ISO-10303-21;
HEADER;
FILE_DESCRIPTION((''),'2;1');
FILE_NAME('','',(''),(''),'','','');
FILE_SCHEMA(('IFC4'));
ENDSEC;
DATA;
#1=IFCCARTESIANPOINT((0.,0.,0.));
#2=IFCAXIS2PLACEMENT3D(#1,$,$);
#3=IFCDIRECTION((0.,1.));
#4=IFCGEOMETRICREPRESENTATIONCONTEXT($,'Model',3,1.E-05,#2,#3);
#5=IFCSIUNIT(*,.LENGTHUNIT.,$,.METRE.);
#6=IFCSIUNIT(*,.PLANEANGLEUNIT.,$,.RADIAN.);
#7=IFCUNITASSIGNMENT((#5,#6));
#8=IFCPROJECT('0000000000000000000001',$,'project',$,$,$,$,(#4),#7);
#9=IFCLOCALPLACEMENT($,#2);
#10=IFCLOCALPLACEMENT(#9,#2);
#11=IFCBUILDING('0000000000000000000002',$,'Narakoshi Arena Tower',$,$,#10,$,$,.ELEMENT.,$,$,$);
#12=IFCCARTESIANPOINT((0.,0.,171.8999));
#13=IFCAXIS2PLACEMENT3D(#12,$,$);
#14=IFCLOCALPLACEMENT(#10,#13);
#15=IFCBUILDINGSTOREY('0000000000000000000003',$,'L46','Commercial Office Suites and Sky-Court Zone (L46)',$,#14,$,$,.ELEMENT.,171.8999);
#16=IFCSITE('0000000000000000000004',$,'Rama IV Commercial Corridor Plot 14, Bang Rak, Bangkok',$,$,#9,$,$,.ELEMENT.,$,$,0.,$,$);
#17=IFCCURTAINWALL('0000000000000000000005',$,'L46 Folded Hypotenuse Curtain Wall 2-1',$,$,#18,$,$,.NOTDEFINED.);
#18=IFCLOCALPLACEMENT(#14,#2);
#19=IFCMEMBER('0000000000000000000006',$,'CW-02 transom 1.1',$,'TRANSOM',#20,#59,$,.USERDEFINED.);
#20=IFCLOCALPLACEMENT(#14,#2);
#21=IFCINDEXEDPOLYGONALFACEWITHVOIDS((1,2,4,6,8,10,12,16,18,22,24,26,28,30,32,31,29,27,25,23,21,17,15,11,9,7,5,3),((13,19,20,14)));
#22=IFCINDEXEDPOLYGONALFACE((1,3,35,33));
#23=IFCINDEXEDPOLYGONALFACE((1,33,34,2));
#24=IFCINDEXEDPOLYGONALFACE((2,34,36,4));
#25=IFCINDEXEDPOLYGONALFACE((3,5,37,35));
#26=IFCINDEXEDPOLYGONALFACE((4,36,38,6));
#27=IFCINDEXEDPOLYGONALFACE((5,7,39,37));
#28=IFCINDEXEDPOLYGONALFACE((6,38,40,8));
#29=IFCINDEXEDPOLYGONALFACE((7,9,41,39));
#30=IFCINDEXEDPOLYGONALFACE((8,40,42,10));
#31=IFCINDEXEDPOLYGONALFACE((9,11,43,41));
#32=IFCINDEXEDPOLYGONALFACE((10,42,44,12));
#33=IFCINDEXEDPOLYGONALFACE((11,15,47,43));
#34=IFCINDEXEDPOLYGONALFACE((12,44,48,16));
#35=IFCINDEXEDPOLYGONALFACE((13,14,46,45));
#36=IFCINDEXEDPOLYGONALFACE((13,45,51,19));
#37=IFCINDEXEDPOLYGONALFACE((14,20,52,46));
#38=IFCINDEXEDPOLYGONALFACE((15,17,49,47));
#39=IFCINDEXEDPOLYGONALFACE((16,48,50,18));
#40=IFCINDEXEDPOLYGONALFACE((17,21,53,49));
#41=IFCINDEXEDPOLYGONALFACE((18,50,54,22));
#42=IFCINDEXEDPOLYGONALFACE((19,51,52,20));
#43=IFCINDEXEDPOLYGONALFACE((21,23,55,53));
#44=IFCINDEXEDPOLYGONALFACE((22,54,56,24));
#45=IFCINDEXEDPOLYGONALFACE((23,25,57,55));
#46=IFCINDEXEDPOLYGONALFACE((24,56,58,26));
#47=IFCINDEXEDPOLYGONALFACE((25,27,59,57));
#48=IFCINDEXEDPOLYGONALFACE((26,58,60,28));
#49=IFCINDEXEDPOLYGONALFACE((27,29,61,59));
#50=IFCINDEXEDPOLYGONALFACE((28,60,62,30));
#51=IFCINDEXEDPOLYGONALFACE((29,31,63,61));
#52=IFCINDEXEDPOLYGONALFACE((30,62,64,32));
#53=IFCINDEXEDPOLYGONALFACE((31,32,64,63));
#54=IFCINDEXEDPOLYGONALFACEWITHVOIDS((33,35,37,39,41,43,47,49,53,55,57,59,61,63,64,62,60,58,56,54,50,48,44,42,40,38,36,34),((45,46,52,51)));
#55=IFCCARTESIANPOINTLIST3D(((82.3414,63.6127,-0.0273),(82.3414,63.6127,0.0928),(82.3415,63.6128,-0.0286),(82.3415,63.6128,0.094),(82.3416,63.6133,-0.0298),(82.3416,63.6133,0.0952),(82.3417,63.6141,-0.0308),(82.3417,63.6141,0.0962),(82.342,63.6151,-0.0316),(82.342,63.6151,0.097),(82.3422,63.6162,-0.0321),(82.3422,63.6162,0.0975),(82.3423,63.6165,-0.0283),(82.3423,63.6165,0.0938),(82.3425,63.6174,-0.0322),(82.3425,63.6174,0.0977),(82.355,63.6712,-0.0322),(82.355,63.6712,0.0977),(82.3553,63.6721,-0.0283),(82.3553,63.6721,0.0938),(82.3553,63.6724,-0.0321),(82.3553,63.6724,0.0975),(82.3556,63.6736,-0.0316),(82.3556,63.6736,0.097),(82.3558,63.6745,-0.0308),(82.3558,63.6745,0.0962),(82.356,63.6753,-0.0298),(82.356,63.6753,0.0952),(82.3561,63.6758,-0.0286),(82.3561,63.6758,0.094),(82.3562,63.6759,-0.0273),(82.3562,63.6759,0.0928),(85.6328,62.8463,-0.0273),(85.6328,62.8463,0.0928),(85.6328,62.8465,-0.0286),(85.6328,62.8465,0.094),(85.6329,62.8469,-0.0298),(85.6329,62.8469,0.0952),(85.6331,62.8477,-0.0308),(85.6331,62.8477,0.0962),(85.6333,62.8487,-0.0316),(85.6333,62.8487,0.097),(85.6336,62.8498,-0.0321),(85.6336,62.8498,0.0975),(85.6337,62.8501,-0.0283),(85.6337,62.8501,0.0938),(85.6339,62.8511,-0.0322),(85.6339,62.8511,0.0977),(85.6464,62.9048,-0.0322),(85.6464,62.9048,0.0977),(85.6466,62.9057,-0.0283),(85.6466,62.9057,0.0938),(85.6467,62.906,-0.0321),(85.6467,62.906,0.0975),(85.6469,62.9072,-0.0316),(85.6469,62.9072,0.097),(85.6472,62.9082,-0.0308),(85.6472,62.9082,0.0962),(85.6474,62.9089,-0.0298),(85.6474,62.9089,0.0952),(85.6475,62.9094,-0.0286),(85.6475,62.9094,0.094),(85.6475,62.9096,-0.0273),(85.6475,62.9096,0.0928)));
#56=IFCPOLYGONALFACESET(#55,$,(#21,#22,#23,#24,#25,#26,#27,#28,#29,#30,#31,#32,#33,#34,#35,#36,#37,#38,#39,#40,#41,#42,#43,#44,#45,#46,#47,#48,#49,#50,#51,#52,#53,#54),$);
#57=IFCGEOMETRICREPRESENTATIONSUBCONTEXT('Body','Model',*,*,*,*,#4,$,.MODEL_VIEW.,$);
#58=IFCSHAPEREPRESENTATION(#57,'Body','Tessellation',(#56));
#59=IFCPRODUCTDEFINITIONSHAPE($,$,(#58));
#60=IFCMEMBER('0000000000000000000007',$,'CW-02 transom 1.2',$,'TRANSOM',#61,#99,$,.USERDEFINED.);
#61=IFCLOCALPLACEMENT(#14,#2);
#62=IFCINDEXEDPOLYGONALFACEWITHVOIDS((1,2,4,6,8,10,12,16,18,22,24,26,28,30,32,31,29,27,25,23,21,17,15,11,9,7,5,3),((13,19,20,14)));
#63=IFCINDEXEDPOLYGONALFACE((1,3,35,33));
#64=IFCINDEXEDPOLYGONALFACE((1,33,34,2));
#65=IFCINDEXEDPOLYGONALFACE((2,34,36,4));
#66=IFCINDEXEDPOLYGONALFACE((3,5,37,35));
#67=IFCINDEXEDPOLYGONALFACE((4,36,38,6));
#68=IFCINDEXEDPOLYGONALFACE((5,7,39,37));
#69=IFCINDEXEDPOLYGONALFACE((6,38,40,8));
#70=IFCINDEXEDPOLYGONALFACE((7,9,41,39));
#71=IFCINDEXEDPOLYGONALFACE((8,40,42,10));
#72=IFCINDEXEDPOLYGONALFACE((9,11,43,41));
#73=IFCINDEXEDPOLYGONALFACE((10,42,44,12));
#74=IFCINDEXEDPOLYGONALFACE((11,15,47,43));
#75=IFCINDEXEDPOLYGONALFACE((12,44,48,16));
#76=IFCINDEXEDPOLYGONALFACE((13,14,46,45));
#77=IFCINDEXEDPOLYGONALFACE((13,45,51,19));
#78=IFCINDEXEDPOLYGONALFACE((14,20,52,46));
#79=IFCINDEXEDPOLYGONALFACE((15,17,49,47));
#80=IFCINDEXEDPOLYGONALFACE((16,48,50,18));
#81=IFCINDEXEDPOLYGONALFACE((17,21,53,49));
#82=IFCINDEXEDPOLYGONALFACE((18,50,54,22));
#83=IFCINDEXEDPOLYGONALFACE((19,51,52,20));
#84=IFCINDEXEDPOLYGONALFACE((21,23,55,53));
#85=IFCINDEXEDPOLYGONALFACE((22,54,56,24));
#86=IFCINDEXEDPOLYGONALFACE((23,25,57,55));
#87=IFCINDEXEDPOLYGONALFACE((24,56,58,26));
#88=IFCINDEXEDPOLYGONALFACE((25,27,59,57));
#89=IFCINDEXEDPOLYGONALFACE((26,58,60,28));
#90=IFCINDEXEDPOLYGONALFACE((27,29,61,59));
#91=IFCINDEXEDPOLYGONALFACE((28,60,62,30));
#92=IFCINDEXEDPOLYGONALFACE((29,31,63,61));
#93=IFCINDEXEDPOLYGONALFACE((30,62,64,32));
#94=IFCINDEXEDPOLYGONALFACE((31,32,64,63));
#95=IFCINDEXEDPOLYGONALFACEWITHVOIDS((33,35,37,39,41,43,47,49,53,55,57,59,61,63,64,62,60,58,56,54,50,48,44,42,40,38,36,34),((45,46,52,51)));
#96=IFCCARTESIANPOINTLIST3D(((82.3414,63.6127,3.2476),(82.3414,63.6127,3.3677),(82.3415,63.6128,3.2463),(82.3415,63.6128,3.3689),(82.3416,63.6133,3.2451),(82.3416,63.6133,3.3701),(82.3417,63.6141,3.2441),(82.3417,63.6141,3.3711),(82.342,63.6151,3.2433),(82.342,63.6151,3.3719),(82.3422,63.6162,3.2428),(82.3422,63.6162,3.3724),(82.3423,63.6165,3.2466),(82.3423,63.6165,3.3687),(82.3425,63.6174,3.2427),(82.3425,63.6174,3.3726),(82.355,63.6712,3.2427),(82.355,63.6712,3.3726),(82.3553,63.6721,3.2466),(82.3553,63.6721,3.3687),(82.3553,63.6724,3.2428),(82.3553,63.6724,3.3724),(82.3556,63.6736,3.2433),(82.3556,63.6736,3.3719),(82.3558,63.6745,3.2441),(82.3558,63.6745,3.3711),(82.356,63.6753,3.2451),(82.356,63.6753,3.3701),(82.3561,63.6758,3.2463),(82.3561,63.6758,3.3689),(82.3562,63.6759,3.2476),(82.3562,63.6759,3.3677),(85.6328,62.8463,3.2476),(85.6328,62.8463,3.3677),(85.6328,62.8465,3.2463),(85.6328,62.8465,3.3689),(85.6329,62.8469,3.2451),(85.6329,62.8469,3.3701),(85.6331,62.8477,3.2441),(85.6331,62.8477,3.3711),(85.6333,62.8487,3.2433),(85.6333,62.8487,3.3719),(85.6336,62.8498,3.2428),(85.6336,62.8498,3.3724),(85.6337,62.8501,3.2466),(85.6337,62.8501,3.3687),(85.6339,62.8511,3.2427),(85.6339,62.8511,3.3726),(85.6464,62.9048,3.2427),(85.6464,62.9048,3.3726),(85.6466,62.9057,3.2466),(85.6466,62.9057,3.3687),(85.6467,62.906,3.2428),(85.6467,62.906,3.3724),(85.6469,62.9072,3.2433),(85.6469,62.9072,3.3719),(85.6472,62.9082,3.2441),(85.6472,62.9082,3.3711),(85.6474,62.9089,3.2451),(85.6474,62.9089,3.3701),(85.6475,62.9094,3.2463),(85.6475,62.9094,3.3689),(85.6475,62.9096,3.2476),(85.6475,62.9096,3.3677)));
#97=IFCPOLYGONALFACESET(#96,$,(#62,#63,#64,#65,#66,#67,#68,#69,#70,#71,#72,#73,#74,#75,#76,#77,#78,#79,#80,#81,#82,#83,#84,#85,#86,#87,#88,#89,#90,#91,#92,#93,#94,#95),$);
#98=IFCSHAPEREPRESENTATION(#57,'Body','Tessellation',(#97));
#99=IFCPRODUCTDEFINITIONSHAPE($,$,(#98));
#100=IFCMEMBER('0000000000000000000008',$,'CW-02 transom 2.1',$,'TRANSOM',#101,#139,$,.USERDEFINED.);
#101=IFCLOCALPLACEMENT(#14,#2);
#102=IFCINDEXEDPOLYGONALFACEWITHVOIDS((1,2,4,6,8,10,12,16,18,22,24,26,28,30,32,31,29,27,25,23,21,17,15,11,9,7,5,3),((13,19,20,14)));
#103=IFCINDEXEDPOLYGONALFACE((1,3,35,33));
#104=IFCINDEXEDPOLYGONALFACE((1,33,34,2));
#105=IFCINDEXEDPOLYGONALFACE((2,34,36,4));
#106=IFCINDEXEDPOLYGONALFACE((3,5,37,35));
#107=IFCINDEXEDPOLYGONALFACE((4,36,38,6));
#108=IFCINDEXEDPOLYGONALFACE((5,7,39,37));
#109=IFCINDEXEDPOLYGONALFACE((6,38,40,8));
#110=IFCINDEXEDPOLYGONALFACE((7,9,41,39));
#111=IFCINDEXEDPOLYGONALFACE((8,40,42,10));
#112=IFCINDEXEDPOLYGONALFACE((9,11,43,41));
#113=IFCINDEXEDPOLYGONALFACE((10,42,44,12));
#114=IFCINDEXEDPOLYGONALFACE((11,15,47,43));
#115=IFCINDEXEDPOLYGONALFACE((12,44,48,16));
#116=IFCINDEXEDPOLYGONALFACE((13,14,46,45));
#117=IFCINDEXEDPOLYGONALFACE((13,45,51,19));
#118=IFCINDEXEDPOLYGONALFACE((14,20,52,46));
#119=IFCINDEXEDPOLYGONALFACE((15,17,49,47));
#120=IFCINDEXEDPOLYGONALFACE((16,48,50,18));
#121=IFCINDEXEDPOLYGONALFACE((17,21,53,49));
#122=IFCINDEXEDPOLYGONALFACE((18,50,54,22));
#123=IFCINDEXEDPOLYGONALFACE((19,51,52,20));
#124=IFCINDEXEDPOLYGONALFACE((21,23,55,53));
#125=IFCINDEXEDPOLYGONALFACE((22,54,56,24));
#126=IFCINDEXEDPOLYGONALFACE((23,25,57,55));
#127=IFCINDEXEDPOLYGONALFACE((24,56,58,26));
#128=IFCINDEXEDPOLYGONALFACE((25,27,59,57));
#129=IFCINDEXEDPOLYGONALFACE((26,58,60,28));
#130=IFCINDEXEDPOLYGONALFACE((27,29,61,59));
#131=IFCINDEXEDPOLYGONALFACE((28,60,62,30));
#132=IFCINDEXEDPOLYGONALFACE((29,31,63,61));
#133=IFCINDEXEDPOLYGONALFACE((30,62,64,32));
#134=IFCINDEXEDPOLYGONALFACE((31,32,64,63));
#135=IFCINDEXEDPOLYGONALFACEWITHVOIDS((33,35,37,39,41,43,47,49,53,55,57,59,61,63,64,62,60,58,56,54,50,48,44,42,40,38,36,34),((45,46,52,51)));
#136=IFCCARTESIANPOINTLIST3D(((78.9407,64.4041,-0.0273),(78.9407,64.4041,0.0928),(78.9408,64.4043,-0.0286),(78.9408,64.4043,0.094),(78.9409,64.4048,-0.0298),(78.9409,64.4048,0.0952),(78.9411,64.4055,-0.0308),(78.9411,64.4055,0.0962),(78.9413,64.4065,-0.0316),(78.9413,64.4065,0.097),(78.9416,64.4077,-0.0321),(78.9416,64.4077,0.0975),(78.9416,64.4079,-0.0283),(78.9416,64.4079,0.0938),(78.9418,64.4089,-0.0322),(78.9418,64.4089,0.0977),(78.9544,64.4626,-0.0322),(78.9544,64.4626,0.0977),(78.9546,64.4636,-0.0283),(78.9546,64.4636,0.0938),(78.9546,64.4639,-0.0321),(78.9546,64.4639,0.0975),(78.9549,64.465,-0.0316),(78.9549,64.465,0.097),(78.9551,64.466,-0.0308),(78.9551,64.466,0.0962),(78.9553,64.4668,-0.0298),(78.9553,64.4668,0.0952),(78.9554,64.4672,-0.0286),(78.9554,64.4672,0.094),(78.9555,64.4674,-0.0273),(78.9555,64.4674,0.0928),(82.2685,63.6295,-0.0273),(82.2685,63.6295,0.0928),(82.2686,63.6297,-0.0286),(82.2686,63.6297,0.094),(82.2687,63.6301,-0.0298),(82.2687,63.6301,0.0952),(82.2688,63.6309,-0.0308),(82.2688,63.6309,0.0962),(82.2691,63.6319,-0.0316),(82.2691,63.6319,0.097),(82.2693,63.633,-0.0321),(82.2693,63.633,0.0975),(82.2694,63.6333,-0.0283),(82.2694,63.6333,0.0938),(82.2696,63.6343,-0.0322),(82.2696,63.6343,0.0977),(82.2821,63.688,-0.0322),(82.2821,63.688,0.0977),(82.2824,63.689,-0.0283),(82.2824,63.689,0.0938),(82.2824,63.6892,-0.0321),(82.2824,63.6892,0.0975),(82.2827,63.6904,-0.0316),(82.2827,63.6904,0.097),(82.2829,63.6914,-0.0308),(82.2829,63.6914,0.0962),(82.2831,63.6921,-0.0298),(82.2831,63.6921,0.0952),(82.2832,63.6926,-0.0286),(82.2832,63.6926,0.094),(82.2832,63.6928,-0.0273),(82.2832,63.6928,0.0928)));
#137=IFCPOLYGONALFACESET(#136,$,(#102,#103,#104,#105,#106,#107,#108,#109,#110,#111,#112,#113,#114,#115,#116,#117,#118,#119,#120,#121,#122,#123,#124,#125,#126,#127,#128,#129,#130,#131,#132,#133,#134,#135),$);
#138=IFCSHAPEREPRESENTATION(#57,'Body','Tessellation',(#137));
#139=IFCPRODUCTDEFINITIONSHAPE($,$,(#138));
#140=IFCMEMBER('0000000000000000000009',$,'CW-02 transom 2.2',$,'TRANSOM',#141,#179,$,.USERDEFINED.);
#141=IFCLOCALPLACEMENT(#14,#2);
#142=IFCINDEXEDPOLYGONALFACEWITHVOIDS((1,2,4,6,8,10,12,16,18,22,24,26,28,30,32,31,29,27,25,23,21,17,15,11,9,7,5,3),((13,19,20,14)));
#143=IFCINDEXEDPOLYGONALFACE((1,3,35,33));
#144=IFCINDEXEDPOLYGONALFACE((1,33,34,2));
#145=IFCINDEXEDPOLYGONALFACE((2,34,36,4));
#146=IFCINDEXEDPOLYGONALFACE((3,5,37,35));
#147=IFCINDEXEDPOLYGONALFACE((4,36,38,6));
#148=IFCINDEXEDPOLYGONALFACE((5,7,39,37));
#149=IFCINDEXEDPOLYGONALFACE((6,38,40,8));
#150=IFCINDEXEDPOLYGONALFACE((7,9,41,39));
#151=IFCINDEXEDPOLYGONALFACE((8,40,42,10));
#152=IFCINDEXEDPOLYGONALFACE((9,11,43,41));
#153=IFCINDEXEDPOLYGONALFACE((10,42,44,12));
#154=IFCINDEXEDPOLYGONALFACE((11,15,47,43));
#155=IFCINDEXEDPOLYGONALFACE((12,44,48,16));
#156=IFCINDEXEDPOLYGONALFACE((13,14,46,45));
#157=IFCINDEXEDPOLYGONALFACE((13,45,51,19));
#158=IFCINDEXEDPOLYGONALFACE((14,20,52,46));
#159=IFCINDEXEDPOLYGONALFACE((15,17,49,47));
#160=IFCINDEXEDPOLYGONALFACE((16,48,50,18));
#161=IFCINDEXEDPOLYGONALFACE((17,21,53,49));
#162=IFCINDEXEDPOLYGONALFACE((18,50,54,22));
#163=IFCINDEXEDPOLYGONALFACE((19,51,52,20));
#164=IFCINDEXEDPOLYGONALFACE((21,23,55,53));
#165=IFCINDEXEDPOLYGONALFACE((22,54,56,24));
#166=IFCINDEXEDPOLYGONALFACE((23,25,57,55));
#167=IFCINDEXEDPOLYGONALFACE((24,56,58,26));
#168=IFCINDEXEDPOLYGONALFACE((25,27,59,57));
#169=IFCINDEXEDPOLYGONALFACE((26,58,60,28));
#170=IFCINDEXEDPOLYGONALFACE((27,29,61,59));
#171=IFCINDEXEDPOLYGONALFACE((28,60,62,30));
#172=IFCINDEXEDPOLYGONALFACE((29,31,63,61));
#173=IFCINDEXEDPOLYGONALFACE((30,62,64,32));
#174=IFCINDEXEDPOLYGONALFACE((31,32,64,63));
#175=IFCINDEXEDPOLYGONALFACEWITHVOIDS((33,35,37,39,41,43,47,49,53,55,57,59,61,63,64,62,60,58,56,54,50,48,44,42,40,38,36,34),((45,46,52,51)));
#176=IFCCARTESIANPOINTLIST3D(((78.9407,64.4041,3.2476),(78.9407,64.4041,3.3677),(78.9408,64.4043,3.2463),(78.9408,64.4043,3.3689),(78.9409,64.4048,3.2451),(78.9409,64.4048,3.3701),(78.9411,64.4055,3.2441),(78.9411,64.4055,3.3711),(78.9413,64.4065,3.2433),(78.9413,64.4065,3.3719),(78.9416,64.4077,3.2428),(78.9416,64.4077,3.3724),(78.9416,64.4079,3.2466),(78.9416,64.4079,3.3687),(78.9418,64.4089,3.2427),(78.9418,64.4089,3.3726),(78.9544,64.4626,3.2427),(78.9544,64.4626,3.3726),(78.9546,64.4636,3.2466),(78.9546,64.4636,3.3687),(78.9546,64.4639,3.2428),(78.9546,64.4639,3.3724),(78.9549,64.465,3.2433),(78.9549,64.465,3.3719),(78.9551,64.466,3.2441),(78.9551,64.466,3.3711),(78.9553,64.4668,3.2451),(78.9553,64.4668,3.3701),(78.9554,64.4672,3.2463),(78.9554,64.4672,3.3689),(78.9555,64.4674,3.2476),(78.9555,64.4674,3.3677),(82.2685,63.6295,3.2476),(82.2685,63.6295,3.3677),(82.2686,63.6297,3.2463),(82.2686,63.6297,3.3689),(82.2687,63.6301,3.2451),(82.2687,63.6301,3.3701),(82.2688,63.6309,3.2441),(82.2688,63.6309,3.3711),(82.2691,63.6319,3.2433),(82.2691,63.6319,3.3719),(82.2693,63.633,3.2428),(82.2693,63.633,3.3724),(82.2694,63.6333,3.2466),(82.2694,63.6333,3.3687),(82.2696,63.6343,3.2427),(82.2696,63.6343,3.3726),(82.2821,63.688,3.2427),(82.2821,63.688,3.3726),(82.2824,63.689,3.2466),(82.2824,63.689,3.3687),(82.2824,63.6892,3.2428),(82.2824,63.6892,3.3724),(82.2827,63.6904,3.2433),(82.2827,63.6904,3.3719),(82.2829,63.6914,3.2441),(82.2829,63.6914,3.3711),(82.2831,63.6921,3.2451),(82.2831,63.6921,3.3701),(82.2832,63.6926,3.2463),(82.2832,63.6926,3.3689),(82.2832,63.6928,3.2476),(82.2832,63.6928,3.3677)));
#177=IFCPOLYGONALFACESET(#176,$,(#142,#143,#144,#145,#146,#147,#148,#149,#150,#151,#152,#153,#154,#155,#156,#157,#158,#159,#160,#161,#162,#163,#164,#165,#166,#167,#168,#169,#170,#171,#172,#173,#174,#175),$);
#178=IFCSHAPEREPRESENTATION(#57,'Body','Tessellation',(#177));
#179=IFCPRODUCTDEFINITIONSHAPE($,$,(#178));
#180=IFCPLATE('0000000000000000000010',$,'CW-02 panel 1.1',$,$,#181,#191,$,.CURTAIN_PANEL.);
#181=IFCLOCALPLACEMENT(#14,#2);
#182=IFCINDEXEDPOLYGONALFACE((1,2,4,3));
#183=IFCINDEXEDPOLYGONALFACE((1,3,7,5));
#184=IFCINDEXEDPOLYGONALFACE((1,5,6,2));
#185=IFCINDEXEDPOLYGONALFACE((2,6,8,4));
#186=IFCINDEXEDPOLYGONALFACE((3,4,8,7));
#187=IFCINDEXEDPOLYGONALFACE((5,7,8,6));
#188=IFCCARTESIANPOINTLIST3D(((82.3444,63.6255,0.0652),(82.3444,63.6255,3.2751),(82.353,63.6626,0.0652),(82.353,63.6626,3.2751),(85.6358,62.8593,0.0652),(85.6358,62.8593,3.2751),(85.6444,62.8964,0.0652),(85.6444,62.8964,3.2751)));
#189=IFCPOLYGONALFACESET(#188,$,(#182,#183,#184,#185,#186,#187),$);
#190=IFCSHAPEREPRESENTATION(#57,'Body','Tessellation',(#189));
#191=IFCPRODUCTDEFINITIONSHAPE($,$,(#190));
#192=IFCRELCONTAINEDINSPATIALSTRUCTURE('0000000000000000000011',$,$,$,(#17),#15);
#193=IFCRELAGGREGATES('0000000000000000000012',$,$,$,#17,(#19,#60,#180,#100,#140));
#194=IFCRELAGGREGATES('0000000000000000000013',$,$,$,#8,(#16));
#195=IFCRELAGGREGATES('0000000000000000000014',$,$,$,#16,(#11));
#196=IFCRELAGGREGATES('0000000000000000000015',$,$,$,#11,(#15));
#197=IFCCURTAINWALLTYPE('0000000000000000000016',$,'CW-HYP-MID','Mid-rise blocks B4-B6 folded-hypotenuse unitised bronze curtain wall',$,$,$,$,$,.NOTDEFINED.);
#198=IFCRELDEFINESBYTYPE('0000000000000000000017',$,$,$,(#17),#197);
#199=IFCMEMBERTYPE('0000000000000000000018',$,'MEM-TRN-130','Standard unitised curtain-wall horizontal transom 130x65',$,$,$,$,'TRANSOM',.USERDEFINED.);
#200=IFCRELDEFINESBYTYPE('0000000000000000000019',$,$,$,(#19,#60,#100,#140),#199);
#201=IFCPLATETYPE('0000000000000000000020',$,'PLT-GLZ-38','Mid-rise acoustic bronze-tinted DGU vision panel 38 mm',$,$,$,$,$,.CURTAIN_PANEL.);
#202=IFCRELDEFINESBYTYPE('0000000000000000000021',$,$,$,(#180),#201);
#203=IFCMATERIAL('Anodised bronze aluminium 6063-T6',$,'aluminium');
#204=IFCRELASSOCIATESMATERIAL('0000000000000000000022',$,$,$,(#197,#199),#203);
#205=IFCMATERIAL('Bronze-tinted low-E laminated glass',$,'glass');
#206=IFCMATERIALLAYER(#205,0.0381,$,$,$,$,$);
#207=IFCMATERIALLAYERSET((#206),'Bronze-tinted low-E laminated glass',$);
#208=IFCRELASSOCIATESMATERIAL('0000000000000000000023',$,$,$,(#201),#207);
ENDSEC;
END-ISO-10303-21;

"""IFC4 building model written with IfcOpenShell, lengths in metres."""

from ifc_helpers import new_model, si_unit, direction, frame, origin, origin_2d, place, context, subcontext, project, spatial, rectangle, hollow_rectangle, extrude, material, layer, layer_set, material_profile, profile_set, type_object, element, aggregate, save


model = new_model("IFC4")

# Units and contexts
model_context = context("Model", 3, precision=1e-05, world=origin(), true_north=direction((0.0, 1.0)))
body_context = subcontext(model_context, "Body", "Model", "MODEL_VIEW")
ifc_project = project(units=[si_unit("LENGTHUNIT", "METRE"), si_unit("PLANEANGLEUNIT", "RADIAN")], contexts=[model_context])

# Site, building, storey
site_placement = place(None, origin())
site = spatial("IfcSite", under=ifc_project, at=site_placement, Name="Rama IV Commercial Corridor Plot 14, Bang Rak, Bangkok", CompositionType="ELEMENT", RefElevation=0.0)
building_placement = place(site_placement, origin())
building = spatial("IfcBuilding", under=site, at=building_placement, Name="Narakoshi Arena Tower", CompositionType="ELEMENT")
storey_placement = place(building_placement, frame((0.0, 0.0, 171.8999)))
storey = spatial("IfcBuildingStorey", under=building, at=storey_placement, Name="L46", Description="Commercial Office Suites and Sky-Court Zone (L46)", CompositionType="ELEMENT", Elevation=171.8999)

# Shared definitions
ifc_material_1 = material(Name="Anodised bronze aluminium 6063-T6", Category="aluminium")
curtain_wall_type = type_object("IfcCurtainWallType", Name="CW-HYP-MID", Description="Mid-rise blocks B4-B6 folded-hypotenuse unitised bronze curtain wall", PredefinedType="NOTDEFINED", material=ifc_material_1)

# Curtain wall, members, plate
curtain_wall_1_placement = place(storey_placement, origin())
curtain_wall_1 = element("IfcCurtainWall", 1, at=curtain_wall_1_placement, inside=storey, type_object=curtain_wall_type, Name="L46 Folded Hypotenuse Curtain Wall 2-1", PredefinedType="NOTDEFINED")
ifc_material_profile_1 = material_profile(ifc_material_1, hollow_rectangle(XDim=0.0649, YDim=0.1299, WallThickness=0.0039, OuterFilletRadius=0.0049, at=origin_2d()), Name="TRN130x65x4")
ifc_profile_set_1 = profile_set([ifc_material_profile_1], Name="Anodised bronze aluminium 6063-T6")
member_type_1 = type_object("IfcMemberType", Name="MEM-TRN-130", Description="Standard unitised curtain-wall horizontal transom 130x65", ElementType="TRANSOM", PredefinedType="USERDEFINED", material=ifc_profile_set_1)
member_1_placement = place(storey_placement, frame((85.6401, 62.8779, 0.0327), z_axis=(-0.973946, 0.22678, 0.0), x_axis=(-0.22678, -0.973946, 0.0)))
member_1 = element("IfcMember", 2, at=member_1_placement, type_object=member_type_1, Name="CW-02 transom 1.1", ObjectType="TRANSOM", PredefinedType="USERDEFINED", context=body_context, shape_type="SweptSolid", body=[
    extrude(hollow_rectangle(XDim=0.0649, YDim=0.1299, WallThickness=0.0039, OuterFilletRadius=0.0049, at=origin_2d()), origin(), (0.0, 0.0, 1.0), 3.3794),
])
member_2_placement = place(storey_placement, frame((85.6401, 62.8779, 3.3076), z_axis=(-0.973946, 0.22678, 0.0), x_axis=(-0.22678, -0.973946, 0.0)))
member_2 = element("IfcMember", 3, at=member_2_placement, type_object=member_type_1, Name="CW-02 transom 1.2", ObjectType="TRANSOM", PredefinedType="USERDEFINED", context=body_context, shape_type="SweptSolid", body=[
    extrude(hollow_rectangle(XDim=0.0649, YDim=0.1299, WallThickness=0.0039, OuterFilletRadius=0.0049, at=origin_2d()), origin(), (0.0, 0.0, 1.0), 3.3794),
])
member_3_placement = place(storey_placement, frame((82.2759, 63.6611, 0.0327), z_axis=(-0.973961, 0.226717, 0.0), x_axis=(-0.226717, -0.973961, 0.0)))
member_3 = element("IfcMember", 4, at=member_3_placement, type_object=member_type_1, Name="CW-02 transom 2.1", ObjectType="TRANSOM", PredefinedType="USERDEFINED", context=body_context, shape_type="SweptSolid", body=[
    extrude(hollow_rectangle(XDim=0.0649, YDim=0.1299, WallThickness=0.0039, OuterFilletRadius=0.0049, at=origin_2d()), origin(), (0.0, 0.0, 1.0), 3.4167),
])
member_4_placement = place(storey_placement, frame((82.2759, 63.6611, 3.3076), z_axis=(-0.973961, 0.226717, 0.0), x_axis=(-0.226717, -0.973961, 0.0)))
member_4 = element("IfcMember", 5, at=member_4_placement, type_object=member_type_1, Name="CW-02 transom 2.2", ObjectType="TRANSOM", PredefinedType="USERDEFINED", context=body_context, shape_type="SweptSolid", body=[
    extrude(hollow_rectangle(XDim=0.0649, YDim=0.1299, WallThickness=0.0039, OuterFilletRadius=0.0049, at=origin_2d()), origin(), (0.0, 0.0, 1.0), 3.4167),
])
ifc_material_2 = material(Name="Bronze-tinted low-E laminated glass", Category="glass")
ifc_layer_1 = layer(ifc_material_2, 0.0381)
ifc_layer_set_1 = layer_set([ifc_layer_1], Name="Bronze-tinted low-E laminated glass")
plate_type = type_object("IfcPlateType", Name="PLT-GLZ-38", Description="Mid-rise acoustic bronze-tinted DGU vision panel 38 mm", PredefinedType="CURTAIN_PANEL", material=ifc_layer_set_1)
plate_1_placement = place(storey_placement, frame((83.9944, 63.261, 0.0652), z_axis=(0.0, 0.0, 1.0), x_axis=(-0.97396, 0.226721, 0.0)))
plate_1 = element("IfcPlate", 6, at=plate_1_placement, type_object=plate_type, Name="CW-02 panel 1.1", PredefinedType="CURTAIN_PANEL", context=body_context, shape_type="SweptSolid", body=[
    extrude(rectangle(XDim=3.3794, YDim=0.0381, at=origin_2d()), origin(), (0.0, 0.0, 1.0), 3.21),
])
aggregate(curtain_wall_1, [member_1, member_2, plate_1, member_3, member_4])

save(model, "model.ifc")
